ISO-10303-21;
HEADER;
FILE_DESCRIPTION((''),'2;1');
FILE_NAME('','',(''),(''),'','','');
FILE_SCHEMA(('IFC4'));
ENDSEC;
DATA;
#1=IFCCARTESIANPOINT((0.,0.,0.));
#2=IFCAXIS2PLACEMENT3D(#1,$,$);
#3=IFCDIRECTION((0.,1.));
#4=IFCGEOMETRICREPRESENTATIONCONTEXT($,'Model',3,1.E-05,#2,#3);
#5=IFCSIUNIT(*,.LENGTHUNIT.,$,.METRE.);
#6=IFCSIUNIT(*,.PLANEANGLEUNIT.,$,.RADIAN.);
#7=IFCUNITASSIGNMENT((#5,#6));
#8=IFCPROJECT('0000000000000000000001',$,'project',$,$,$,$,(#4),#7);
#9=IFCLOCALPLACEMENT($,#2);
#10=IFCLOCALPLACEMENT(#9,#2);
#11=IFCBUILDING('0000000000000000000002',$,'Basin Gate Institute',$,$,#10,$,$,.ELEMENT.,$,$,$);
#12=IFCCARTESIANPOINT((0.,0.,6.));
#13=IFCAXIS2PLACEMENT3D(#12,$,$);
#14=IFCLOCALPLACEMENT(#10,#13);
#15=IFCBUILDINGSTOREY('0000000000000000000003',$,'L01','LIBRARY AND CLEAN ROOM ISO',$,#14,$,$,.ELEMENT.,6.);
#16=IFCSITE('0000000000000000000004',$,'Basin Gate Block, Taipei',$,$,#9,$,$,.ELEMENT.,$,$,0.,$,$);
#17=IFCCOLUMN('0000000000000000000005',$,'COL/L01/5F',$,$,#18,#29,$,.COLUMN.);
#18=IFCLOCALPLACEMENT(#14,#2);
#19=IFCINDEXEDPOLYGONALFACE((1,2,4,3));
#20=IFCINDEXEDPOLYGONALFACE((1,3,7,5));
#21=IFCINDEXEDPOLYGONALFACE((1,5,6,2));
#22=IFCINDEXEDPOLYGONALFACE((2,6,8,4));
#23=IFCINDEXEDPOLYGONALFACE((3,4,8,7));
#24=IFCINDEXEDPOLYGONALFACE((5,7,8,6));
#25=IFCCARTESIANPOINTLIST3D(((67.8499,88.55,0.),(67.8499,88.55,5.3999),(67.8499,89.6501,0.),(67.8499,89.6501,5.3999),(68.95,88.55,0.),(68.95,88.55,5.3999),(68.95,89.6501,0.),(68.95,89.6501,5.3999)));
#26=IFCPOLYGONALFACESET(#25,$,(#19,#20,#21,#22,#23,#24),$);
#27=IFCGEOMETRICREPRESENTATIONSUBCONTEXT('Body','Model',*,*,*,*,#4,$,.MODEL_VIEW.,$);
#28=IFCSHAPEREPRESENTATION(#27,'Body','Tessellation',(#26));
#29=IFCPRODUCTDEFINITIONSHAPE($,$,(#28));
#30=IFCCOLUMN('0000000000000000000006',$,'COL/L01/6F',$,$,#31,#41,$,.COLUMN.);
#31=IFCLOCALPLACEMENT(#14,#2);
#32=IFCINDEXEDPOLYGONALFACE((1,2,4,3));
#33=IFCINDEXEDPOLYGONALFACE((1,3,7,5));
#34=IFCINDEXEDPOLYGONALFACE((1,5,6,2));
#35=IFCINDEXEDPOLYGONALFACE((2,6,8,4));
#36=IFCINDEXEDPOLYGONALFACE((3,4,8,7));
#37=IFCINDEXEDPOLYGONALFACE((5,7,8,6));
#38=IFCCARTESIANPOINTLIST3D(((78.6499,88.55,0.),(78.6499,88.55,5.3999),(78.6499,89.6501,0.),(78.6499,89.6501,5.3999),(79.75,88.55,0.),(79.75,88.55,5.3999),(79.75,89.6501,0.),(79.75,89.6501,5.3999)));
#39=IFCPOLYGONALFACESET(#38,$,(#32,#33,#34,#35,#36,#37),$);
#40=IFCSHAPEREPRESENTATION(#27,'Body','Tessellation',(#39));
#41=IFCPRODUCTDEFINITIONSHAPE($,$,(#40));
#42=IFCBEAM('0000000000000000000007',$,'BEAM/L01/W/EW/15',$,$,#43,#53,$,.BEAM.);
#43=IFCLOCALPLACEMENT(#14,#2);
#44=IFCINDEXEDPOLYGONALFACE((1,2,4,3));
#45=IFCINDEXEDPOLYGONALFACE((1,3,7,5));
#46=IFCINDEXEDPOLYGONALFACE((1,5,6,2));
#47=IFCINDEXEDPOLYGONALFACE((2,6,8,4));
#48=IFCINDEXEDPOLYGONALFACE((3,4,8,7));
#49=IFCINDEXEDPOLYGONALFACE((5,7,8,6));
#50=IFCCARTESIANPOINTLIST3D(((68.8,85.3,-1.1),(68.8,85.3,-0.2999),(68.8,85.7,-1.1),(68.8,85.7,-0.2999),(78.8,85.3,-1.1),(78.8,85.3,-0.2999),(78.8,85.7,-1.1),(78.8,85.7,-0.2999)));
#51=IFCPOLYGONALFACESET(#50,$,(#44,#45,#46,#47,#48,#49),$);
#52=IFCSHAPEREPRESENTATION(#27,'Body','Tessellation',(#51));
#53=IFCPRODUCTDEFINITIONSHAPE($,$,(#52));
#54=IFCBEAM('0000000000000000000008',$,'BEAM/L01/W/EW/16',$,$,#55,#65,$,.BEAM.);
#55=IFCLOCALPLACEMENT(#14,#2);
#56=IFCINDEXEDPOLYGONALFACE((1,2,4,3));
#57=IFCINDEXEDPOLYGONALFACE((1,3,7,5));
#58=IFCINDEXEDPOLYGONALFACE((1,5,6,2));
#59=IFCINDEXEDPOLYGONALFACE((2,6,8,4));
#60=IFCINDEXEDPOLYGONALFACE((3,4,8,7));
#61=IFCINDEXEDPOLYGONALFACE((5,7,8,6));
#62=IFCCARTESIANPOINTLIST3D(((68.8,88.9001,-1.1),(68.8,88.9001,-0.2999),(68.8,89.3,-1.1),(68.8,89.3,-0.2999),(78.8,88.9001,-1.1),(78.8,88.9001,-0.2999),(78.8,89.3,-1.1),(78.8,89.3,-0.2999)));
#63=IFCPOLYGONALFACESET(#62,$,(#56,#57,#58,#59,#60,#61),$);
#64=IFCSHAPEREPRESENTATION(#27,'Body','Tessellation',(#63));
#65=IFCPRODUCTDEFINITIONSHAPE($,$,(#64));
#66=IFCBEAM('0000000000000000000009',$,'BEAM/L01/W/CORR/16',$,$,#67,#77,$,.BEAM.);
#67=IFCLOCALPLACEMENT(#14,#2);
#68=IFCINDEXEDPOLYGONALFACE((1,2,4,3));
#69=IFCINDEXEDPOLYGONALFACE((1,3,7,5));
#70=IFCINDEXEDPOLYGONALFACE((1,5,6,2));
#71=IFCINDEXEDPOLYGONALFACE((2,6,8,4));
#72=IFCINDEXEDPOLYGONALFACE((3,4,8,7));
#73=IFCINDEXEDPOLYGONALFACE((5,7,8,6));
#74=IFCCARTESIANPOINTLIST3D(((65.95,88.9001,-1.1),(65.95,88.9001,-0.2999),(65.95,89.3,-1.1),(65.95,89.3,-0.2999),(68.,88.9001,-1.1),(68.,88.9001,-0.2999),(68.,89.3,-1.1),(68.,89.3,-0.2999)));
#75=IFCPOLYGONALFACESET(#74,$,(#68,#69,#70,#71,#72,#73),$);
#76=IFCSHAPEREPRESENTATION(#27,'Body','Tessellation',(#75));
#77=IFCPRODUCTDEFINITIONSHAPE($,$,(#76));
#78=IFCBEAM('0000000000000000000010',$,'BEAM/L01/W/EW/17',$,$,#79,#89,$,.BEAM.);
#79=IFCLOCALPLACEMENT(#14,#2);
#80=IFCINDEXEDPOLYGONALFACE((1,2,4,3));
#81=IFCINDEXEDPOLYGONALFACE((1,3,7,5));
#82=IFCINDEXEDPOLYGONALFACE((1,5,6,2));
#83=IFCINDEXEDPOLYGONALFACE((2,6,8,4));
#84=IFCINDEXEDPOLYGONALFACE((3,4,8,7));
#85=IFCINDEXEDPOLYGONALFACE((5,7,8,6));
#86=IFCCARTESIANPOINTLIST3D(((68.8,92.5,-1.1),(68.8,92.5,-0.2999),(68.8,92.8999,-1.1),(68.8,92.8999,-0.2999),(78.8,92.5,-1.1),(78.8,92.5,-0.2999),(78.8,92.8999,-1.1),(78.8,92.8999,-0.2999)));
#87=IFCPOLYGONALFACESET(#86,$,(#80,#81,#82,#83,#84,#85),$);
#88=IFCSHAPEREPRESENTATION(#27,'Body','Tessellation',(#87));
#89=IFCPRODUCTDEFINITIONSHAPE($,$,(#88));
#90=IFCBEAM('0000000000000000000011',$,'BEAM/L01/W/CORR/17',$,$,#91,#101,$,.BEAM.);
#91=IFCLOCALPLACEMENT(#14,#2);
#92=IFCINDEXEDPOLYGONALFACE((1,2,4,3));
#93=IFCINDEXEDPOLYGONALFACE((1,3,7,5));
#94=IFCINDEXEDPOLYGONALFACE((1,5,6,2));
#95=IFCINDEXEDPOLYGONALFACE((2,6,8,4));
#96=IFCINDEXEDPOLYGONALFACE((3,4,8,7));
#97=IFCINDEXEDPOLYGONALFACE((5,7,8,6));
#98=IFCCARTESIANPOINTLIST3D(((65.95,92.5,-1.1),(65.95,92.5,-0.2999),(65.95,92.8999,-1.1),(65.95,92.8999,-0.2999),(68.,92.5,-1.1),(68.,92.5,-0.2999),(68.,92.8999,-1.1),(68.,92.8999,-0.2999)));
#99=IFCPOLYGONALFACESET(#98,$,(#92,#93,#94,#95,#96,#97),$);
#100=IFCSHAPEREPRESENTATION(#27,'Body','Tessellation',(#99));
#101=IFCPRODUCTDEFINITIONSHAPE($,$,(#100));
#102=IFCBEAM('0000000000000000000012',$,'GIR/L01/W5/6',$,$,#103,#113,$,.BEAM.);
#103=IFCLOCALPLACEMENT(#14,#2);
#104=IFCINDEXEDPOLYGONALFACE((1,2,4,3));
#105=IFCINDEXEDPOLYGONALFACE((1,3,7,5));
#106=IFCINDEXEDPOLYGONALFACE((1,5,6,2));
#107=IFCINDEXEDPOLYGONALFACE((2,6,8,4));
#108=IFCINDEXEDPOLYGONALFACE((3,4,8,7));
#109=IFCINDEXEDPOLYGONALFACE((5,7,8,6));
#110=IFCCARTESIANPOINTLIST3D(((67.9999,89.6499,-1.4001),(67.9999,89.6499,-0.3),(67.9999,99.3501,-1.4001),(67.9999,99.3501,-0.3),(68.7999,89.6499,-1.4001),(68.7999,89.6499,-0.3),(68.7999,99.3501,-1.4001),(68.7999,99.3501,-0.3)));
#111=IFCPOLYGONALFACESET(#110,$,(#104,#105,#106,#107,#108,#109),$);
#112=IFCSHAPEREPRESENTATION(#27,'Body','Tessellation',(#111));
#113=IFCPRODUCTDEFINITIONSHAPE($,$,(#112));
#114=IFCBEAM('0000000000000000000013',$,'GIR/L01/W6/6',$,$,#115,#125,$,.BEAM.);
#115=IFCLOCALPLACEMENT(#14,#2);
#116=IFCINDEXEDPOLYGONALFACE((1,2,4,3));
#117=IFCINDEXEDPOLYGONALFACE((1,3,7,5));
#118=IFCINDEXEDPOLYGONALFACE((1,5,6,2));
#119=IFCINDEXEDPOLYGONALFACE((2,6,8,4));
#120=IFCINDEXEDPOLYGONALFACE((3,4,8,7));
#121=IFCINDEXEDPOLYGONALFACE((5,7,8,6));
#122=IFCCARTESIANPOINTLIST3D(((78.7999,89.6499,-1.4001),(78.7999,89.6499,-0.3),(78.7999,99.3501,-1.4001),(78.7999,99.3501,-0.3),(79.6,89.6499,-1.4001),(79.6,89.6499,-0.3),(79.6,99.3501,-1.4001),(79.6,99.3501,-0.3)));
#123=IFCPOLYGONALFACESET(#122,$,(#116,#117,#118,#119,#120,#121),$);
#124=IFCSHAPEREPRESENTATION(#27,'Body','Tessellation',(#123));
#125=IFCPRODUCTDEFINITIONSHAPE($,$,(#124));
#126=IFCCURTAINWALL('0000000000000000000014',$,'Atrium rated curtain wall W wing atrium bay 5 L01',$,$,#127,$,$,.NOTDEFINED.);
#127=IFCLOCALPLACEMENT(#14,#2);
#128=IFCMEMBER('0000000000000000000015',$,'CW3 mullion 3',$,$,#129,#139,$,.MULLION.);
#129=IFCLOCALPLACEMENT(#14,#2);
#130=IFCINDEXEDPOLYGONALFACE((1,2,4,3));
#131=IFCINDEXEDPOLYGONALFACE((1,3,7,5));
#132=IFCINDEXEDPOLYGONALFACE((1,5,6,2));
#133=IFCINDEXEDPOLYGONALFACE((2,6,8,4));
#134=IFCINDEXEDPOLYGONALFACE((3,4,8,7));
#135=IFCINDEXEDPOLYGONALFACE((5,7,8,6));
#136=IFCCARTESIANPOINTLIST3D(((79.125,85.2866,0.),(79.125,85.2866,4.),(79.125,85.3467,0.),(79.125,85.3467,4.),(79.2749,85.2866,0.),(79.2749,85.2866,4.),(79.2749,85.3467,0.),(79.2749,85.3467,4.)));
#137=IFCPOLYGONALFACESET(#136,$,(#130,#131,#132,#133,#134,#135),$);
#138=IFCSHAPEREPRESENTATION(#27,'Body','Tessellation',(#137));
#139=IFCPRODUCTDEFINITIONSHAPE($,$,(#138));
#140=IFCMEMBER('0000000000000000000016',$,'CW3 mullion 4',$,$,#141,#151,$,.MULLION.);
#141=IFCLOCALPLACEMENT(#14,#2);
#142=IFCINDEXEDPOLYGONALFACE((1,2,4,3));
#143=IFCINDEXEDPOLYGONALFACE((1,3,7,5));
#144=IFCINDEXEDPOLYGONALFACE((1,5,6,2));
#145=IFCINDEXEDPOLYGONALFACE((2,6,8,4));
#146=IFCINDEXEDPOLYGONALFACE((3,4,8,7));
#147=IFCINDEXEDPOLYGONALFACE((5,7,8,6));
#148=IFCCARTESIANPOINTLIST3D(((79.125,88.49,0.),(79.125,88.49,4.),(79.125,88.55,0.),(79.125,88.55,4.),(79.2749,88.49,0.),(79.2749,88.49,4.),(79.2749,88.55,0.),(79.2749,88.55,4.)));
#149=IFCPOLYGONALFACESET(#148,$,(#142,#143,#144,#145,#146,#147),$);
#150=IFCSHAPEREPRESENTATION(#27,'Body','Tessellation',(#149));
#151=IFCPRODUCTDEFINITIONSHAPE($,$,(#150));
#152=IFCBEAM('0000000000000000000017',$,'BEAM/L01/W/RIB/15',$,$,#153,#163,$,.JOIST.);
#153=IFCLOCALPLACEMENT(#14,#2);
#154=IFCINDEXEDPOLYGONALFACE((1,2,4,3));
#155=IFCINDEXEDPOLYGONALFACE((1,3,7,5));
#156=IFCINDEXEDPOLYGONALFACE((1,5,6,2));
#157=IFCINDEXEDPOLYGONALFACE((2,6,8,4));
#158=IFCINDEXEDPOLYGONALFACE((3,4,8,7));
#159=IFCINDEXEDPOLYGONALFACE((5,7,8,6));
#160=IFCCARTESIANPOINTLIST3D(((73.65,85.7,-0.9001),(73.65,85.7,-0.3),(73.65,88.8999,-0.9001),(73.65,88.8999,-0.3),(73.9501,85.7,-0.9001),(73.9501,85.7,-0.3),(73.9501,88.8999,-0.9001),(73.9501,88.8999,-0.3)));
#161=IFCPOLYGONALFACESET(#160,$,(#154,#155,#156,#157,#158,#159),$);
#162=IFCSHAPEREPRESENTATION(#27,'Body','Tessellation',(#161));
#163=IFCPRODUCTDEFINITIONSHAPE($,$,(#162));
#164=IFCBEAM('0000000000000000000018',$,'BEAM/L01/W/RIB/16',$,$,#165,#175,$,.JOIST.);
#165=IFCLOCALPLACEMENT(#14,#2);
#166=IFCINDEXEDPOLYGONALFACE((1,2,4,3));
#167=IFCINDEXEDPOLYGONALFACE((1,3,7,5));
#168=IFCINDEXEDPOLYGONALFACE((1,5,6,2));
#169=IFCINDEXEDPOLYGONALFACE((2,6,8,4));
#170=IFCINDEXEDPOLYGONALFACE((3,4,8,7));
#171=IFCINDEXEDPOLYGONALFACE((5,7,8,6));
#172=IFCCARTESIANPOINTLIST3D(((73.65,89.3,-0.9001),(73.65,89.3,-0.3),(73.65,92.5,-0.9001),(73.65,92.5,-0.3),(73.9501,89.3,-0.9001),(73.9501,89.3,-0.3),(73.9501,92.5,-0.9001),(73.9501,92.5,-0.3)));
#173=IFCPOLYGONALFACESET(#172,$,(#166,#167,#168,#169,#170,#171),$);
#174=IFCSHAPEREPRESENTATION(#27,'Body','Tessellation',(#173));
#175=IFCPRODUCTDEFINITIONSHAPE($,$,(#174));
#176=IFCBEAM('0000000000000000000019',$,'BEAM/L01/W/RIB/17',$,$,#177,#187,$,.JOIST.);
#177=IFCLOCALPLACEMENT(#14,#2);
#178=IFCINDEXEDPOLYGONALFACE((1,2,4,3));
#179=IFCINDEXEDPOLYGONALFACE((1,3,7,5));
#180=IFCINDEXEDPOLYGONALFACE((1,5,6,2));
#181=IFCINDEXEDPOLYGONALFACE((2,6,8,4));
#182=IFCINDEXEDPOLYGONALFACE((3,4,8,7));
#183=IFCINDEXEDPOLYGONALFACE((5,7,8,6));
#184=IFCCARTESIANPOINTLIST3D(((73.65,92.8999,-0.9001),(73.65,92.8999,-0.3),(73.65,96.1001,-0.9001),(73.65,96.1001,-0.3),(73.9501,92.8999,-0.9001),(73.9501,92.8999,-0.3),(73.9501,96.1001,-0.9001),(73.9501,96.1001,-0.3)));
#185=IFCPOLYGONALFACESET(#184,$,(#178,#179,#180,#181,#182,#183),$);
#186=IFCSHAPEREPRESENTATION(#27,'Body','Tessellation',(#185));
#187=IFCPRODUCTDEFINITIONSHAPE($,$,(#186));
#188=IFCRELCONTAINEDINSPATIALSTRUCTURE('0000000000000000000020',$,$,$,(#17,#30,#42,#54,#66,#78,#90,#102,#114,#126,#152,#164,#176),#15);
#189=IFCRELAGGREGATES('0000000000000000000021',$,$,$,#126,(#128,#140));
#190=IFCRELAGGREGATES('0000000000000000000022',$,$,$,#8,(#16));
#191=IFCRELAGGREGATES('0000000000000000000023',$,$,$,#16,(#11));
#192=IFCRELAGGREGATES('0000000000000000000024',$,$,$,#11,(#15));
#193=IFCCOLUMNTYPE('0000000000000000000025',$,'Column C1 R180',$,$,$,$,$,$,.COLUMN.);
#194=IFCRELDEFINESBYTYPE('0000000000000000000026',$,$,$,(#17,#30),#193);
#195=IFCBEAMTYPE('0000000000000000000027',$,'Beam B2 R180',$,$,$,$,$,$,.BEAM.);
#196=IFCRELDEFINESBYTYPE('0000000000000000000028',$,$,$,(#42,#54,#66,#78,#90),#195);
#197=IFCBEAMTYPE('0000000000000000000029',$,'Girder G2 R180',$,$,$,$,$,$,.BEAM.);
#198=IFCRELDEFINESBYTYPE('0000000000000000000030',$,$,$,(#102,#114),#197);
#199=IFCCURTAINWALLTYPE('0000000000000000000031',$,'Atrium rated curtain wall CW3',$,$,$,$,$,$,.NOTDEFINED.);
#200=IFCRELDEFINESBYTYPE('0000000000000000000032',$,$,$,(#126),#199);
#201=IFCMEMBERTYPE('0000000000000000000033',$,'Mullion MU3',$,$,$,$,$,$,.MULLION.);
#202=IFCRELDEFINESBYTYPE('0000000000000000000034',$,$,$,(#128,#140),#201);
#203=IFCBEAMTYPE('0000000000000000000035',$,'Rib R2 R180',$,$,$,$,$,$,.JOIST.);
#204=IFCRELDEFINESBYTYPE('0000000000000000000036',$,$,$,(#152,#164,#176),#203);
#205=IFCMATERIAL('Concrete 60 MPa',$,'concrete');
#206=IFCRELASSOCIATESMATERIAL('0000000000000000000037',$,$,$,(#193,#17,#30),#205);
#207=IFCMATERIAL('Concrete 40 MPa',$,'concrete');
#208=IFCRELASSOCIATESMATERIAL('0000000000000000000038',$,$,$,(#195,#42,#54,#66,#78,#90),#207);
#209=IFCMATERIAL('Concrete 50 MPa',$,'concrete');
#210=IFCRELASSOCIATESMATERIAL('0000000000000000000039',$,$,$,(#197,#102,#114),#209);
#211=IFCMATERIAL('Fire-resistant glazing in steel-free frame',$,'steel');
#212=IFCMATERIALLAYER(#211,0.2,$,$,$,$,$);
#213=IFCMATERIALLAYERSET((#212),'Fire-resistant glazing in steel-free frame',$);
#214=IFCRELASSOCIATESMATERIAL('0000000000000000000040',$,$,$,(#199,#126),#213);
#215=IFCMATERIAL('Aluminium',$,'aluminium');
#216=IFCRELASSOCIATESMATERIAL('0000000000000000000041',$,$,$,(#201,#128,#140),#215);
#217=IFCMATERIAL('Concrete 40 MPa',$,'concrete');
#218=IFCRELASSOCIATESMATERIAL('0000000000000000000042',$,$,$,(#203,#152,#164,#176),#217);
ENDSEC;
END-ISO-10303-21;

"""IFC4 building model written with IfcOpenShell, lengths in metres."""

from ifc_helpers import new_model, si_unit, direction, frame, origin, origin_2d, place, context, subcontext, project, spatial, rectangle, extrude, material, layer, layer_set, material_profile, profile_set, type_object, element, aggregate, save


model = new_model("IFC4")

# Units and contexts
model_context = context("Model", 3, precision=1e-05, world=origin(), true_north=direction((0.0, 1.0)))
body_context = subcontext(model_context, "Body", "Model", "MODEL_VIEW")
ifc_project = project(units=[si_unit("LENGTHUNIT", "METRE"), si_unit("PLANEANGLEUNIT", "RADIAN")], contexts=[model_context])

# Site, building, storey
site_placement = place(None, origin())
site = spatial("IfcSite", under=ifc_project, at=site_placement, Name="Basin Gate Block, Taipei", CompositionType="ELEMENT", RefElevation=0.0)
building_placement = place(site_placement, origin())
building = spatial("IfcBuilding", under=site, at=building_placement, Name="Basin Gate Institute", CompositionType="ELEMENT")
storey_placement = place(building_placement, frame((0.0, 0.0, 6.0)))
storey = spatial("IfcBuildingStorey", under=building, at=storey_placement, Name="L01", Description="LIBRARY AND CLEAN ROOM ISO", CompositionType="ELEMENT", Elevation=6.0)

# Columns
ifc_material_1 = material(Name="Concrete 60 MPa", Category="concrete")
ifc_material_profile_1 = material_profile(ifc_material_1, rectangle(XDim=1.1001, YDim=1.1001, at=origin_2d()), Name="Column C1 1100 x 1100")
ifc_profile_set_1 = profile_set([ifc_material_profile_1], Name="Concrete 60 MPa")
column_type = type_object("IfcColumnType", Name="Column C1 R180", PredefinedType="COLUMN", material=ifc_profile_set_1)
for number, where, z_axis, x_axis, name in (
    (1, (68.3999, 89.1001, 0.0), (0.0, 0.0, 1.0), (1.0, 0.0, 0.0), "COL/L01/5F"),
    (2, (79.2, 89.1001, 0.0), (0.0, 0.0, 1.0), (1.0, 0.0, 0.0), "COL/L01/6F"),
):
    element("IfcColumn", number, at=place(storey_placement, frame(where, z_axis=z_axis, x_axis=x_axis)), inside=storey, type_object=column_type, material=ifc_profile_set_1, Name=name, PredefinedType="COLUMN", context=body_context, shape_type="SweptSolid", body=[
        extrude(rectangle(XDim=1.1001, YDim=1.1001, at=origin_2d()), origin(), (0.0, 0.0, 1.0), 5.3999),
    ])

# Beams
ifc_material_2 = material(Name="Concrete 40 MPa", Category="concrete")
ifc_material_profile_2 = material_profile(ifc_material_2, rectangle(XDim=0.3999, YDim=0.8, at=origin_2d()), Name="Beam B2 400 x 800")
ifc_profile_set_2 = profile_set([ifc_material_profile_2], Name="Concrete 40 MPa")
beam_type_1 = type_object("IfcBeamType", Name="Beam B2 R180", PredefinedType="BEAM", material=ifc_profile_set_2)
for number, where, z_axis, x_axis, name in (
    (3, (68.8, 85.5, -0.7), (1.0, 0.0, 0.0), (0.0, 1.0, 0.0), "BEAM/L01/W/EW/15"),
    (4, (68.8, 89.1001, -0.7), (1.0, 0.0, 0.0), (0.0, 1.0, 0.0), "BEAM/L01/W/EW/16"),
):
    element("IfcBeam", number, at=place(storey_placement, frame(where, z_axis=z_axis, x_axis=x_axis)), inside=storey, type_object=beam_type_1, material=ifc_profile_set_2, Name=name, PredefinedType="BEAM", context=body_context, shape_type="SweptSolid", body=[
        extrude(rectangle(XDim=0.3999, YDim=0.8, at=origin_2d()), origin(), (0.0, 0.0, 1.0), 10.0),
    ])
beam_1_placement = place(storey_placement, frame((65.95, 89.1001, -0.7), z_axis=(1.0, 0.0, 0.0), x_axis=(0.0, 1.0, 0.0)))
element("IfcBeam", 5, at=beam_1_placement, inside=storey, type_object=beam_type_1, material=ifc_profile_set_2, Name="BEAM/L01/W/CORR/16", PredefinedType="BEAM", context=body_context, shape_type="SweptSolid", body=[
    extrude(rectangle(XDim=0.3999, YDim=0.8, at=origin_2d()), origin(), (0.0, 0.0, 1.0), 2.05),
])
beam_2_placement = place(storey_placement, frame((68.8, 92.7, -0.7), z_axis=(1.0, 0.0, 0.0), x_axis=(0.0, 1.0, 0.0)))
element("IfcBeam", 6, at=beam_2_placement, inside=storey, type_object=beam_type_1, material=ifc_profile_set_2, Name="BEAM/L01/W/EW/17", PredefinedType="BEAM", context=body_context, shape_type="SweptSolid", body=[
    extrude(rectangle(XDim=0.3999, YDim=0.8, at=origin_2d()), origin(), (0.0, 0.0, 1.0), 10.0),
])
beam_3_placement = place(storey_placement, frame((65.95, 92.7, -0.7), z_axis=(1.0, 0.0, 0.0), x_axis=(0.0, 1.0, 0.0)))
element("IfcBeam", 7, at=beam_3_placement, inside=storey, type_object=beam_type_1, material=ifc_profile_set_2, Name="BEAM/L01/W/CORR/17", PredefinedType="BEAM", context=body_context, shape_type="SweptSolid", body=[
    extrude(rectangle(XDim=0.3999, YDim=0.8, at=origin_2d()), origin(), (0.0, 0.0, 1.0), 2.05),
])
ifc_material_3 = material(Name="Concrete 50 MPa", Category="concrete")
ifc_material_profile_3 = material_profile(ifc_material_3, rectangle(XDim=0.8, YDim=1.1001, at=origin_2d()), Name="Girder G2 800 x 1100")
ifc_profile_set_3 = profile_set([ifc_material_profile_3], Name="Concrete 50 MPa")
beam_type_2 = type_object("IfcBeamType", Name="Girder G2 R180", PredefinedType="BEAM", material=ifc_profile_set_3)
for number, where, z_axis, x_axis, name in (
    (8, (68.3999, 89.6499, -0.8501), (0.0, 1.0, 0.0), (-1.0, 0.0, 0.0), "GIR/L01/W5/6"),
    (9, (79.2, 89.6499, -0.8501), (0.0, 1.0, 0.0), (-1.0, 0.0, 0.0), "GIR/L01/W6/6"),
):
    element("IfcBeam", number, at=place(storey_placement, frame(where, z_axis=z_axis, x_axis=x_axis)), inside=storey, type_object=beam_type_2, material=ifc_profile_set_3, Name=name, PredefinedType="BEAM", context=body_context, shape_type="SweptSolid", body=[
        extrude(rectangle(XDim=0.8, YDim=1.1001, at=origin_2d()), origin(), (0.0, 0.0, 1.0), 9.7002),
    ])

# Curtain wall, members
ifc_material_4 = material(Name="Fire-resistant glazing in steel-free frame", Category="steel")
ifc_layer_1 = layer(ifc_material_4, 0.2)
ifc_layer_set_1 = layer_set([ifc_layer_1], Name="Fire-resistant glazing in steel-free frame")
curtain_wall_type = type_object("IfcCurtainWallType", Name="Atrium rated curtain wall CW3", PredefinedType="NOTDEFINED", material=ifc_layer_set_1)
curtain_wall_placement = place(storey_placement, origin())
curtain_wall = element("IfcCurtainWall", 10, at=curtain_wall_placement, inside=storey, type_object=curtain_wall_type, material=ifc_layer_set_1, Name="Atrium rated curtain wall W wing atrium bay 5 L01", PredefinedType="NOTDEFINED")
ifc_material_5 = material(Name="Aluminium", Category="aluminium")
ifc_material_profile_4 = material_profile(ifc_material_5, rectangle(XDim=0.1499, YDim=0.0601, at=origin_2d()), Name="Mullion MU3 150 x 60")
ifc_profile_set_4 = profile_set([ifc_material_profile_4], Name="Aluminium")
member_type_1 = type_object("IfcMemberType", Name="Mullion MU3", PredefinedType="MULLION", material=ifc_profile_set_4)
member_1_placement = place(storey_placement, frame((79.2, 85.3167, 0.0), z_axis=(0.0, 0.0, 1.0), x_axis=(-1.0, 0.0, 0.0)))
member_1 = element("IfcMember", 11, at=member_1_placement, type_object=member_type_1, material=ifc_profile_set_4, Name="CW3 mullion 3", PredefinedType="MULLION", context=body_context, shape_type="SweptSolid", body=[
    extrude(rectangle(XDim=0.1499, YDim=0.0601, at=origin_2d()), origin(), (0.0, 0.0, 1.0), 4.0),
])
member_2_placement = place(storey_placement, frame((79.2, 88.52, 0.0), z_axis=(0.0, 0.0, 1.0), x_axis=(-1.0, 0.0, 0.0)))
member_2 = element("IfcMember", 12, at=member_2_placement, type_object=member_type_1, material=ifc_profile_set_4, Name="CW3 mullion 4", PredefinedType="MULLION", context=body_context, shape_type="SweptSolid", body=[
    extrude(rectangle(XDim=0.1499, YDim=0.0601, at=origin_2d()), origin(), (0.0, 0.0, 1.0), 4.0),
])

# Beams
ifc_material_6 = material(Name="Concrete 40 MPa", Category="concrete")
ifc_material_profile_5 = material_profile(ifc_material_6, rectangle(XDim=0.3, YDim=0.6001, at=origin_2d()), Name="Rib R2 300 x 600")
ifc_profile_set_5 = profile_set([ifc_material_profile_5], Name="Concrete 40 MPa")
beam_type_3 = type_object("IfcBeamType", Name="Rib R2 R180", PredefinedType="JOIST", material=ifc_profile_set_5)
for number, where, z_axis, x_axis, name in (
    (13, (73.8, 85.7, -0.6001), (0.0, 1.0, 0.0), (-1.0, 0.0, 0.0), "BEAM/L01/W/RIB/15"),
    (14, (73.8, 89.3, -0.6001), (0.0, 1.0, 0.0), (-1.0, 0.0, 0.0), "BEAM/L01/W/RIB/16"),
):
    element("IfcBeam", number, at=place(storey_placement, frame(where, z_axis=z_axis, x_axis=x_axis)), inside=storey, type_object=beam_type_3, material=ifc_profile_set_5, Name=name, PredefinedType="JOIST", context=body_context, shape_type="SweptSolid", body=[
        extrude(rectangle(XDim=0.3, YDim=0.6001, at=origin_2d()), origin(), (0.0, 0.0, 1.0), 3.2),
    ])
beam_4_placement = place(storey_placement, frame((73.8, 92.8999, -0.6001), z_axis=(0.0, 1.0, 0.0), x_axis=(-1.0, 0.0, 0.0)))
element("IfcBeam", 15, at=beam_4_placement, inside=storey, type_object=beam_type_3, material=ifc_profile_set_5, Name="BEAM/L01/W/RIB/17", PredefinedType="JOIST", context=body_context, shape_type="SweptSolid", body=[
    extrude(rectangle(XDim=0.3, YDim=0.6001, at=origin_2d()), origin(), (0.0, 0.0, 1.0), 3.2002),
])

aggregate(curtain_wall, [member_1, member_2])

save(model, "model.ifc")
